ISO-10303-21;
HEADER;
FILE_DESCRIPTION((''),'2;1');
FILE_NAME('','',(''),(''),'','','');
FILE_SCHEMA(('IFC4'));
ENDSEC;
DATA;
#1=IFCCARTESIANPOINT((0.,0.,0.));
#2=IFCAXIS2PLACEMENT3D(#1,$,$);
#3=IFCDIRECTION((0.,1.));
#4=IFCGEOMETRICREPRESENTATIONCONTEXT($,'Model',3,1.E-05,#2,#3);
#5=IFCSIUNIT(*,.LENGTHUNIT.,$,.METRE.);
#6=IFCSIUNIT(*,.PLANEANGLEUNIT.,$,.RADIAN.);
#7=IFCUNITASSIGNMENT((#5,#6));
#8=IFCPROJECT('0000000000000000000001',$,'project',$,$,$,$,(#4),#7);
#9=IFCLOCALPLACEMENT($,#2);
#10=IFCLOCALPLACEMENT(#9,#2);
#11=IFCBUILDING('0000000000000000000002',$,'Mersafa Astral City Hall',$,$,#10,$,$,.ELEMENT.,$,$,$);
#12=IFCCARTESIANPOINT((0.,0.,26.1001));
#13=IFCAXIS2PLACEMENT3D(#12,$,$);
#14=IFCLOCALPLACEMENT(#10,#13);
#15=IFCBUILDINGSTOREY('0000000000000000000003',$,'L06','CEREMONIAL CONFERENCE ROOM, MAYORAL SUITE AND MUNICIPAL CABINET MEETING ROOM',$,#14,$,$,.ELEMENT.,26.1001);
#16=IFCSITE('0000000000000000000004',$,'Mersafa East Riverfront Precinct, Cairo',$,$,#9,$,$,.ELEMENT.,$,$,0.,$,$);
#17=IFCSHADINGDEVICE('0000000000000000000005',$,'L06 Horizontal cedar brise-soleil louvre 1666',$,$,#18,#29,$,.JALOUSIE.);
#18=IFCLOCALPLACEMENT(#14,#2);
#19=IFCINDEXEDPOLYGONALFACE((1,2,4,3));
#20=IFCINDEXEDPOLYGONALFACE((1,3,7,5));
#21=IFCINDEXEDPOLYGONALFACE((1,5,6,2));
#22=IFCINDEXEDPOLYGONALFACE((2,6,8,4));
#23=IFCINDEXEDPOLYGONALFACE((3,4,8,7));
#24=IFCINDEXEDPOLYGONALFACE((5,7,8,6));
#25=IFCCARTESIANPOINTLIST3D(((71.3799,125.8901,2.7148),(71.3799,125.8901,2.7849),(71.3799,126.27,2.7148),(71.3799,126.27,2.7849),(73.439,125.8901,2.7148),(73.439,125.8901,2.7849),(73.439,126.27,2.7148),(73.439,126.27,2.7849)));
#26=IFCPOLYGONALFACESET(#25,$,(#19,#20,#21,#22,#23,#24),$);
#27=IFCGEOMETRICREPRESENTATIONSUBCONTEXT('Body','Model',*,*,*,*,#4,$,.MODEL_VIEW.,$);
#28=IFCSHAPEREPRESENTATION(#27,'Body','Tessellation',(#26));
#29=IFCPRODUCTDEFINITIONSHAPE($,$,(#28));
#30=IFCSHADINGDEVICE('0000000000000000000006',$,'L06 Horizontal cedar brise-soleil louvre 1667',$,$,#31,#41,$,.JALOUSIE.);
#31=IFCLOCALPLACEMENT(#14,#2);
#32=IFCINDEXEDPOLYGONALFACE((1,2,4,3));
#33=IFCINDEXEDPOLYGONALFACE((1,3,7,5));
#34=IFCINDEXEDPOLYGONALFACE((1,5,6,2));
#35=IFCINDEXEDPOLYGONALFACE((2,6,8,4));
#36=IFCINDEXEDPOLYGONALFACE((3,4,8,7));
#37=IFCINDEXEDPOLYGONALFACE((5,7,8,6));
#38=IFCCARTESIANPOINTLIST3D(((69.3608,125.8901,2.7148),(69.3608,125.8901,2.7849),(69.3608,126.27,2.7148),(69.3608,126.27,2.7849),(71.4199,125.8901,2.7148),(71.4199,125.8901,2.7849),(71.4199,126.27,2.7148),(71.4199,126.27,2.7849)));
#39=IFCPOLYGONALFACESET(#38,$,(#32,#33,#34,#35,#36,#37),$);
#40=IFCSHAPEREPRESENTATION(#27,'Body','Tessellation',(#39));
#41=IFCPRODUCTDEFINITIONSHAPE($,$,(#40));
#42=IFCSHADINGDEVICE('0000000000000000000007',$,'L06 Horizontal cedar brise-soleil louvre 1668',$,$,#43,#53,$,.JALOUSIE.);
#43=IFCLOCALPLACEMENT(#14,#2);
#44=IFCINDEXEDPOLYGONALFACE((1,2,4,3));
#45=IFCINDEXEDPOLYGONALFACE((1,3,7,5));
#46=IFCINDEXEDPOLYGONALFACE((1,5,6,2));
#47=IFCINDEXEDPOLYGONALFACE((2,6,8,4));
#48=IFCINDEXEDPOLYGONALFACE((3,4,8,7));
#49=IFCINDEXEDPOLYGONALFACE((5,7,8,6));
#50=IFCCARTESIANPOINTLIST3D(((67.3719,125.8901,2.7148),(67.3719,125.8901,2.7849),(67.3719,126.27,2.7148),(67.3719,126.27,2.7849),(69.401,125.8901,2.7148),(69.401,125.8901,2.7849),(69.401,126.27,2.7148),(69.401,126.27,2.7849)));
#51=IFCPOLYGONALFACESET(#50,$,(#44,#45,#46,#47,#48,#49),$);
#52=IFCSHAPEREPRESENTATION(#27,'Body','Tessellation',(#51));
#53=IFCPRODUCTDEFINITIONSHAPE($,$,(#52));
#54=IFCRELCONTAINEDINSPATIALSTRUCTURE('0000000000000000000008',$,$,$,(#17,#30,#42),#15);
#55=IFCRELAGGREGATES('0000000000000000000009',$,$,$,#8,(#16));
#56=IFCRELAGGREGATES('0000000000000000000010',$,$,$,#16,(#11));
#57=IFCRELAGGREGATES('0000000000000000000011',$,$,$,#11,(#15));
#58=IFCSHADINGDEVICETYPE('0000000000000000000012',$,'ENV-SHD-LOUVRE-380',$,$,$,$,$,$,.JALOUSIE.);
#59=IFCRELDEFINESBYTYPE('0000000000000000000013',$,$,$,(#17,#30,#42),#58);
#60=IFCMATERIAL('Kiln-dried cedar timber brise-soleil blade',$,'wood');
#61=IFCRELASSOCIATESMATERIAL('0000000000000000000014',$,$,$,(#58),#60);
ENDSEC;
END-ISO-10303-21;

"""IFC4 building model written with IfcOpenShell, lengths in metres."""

from ifc_helpers import new_model, si_unit, direction, frame, origin, origin_2d, place, context, subcontext, project, spatial, rectangle, extrude, material, type_object, element, save


model = new_model("IFC4")

# Units and contexts
model_context = context("Model", 3, precision=1e-05, world=origin(), true_north=direction((0.0, 1.0)))
body_context = subcontext(model_context, "Body", "Model", "MODEL_VIEW")
ifc_project = project(units=[si_unit("LENGTHUNIT", "METRE"), si_unit("PLANEANGLEUNIT", "RADIAN")], contexts=[model_context])

# Site, building, storey
site_placement = place(None, origin())
site = spatial("IfcSite", under=ifc_project, at=site_placement, Name="Mersafa East Riverfront Precinct, Cairo", CompositionType="ELEMENT", RefElevation=0.0)
building_placement = place(site_placement, origin())
building = spatial("IfcBuilding", under=site, at=building_placement, Name="Mersafa Astral City Hall", CompositionType="ELEMENT")
storey_placement = place(building_placement, frame((0.0, 0.0, 26.1001)))
storey = spatial("IfcBuildingStorey", under=building, at=storey_placement, Name="L06", Description="CEREMONIAL CONFERENCE ROOM, MAYORAL SUITE AND MUNICIPAL CABINET MEETING ROOM", CompositionType="ELEMENT", Elevation=26.1001)

# Shading devices
ifc_material_1 = material(Name="Kiln-dried cedar timber brise-soleil blade", Category="wood")
shading_device_type = type_object("IfcShadingDeviceType", Name="ENV-SHD-LOUVRE-380", PredefinedType="JALOUSIE", material=ifc_material_1)
for number, where, z_axis, x_axis, name in (
    (1, (72.4094, 126.0801, 2.7148), (0.0, 0.0, 1.0), (-1.0, 0.0, 0.0), "L06 Horizontal cedar brise-soleil louvre 1666"),
    (2, (70.3904, 126.0801, 2.7148), (0.0, 0.0, 1.0), (-1.0, 0.0, 0.0), "L06 Horizontal cedar brise-soleil louvre 1667"),
):
    element("IfcShadingDevice", number, at=place(storey_placement, frame(where, z_axis=z_axis, x_axis=x_axis)), inside=storey, type_object=shading_device_type, Name=name, PredefinedType="JALOUSIE", context=body_context, shape_type="SweptSolid", body=[
        extrude(rectangle(XDim=2.0591, YDim=0.3799, at=origin_2d()), origin(), (0.0, 0.0, 1.0), 0.0701),
    ])
shading_device_1_placement = place(storey_placement, frame((68.3865, 126.0801, 2.7148), z_axis=(0.0, 0.0, 1.0), x_axis=(-1.0, 0.0, 0.0)))
element("IfcShadingDevice", 3, at=shading_device_1_placement, inside=storey, type_object=shading_device_type, Name="L06 Horizontal cedar brise-soleil louvre 1668", PredefinedType="JALOUSIE", context=body_context, shape_type="SweptSolid", body=[
    extrude(rectangle(XDim=2.0291, YDim=0.3799, at=origin_2d()), origin(), (0.0, 0.0, 1.0), 0.0701),
])

save(model, "model.ifc")
